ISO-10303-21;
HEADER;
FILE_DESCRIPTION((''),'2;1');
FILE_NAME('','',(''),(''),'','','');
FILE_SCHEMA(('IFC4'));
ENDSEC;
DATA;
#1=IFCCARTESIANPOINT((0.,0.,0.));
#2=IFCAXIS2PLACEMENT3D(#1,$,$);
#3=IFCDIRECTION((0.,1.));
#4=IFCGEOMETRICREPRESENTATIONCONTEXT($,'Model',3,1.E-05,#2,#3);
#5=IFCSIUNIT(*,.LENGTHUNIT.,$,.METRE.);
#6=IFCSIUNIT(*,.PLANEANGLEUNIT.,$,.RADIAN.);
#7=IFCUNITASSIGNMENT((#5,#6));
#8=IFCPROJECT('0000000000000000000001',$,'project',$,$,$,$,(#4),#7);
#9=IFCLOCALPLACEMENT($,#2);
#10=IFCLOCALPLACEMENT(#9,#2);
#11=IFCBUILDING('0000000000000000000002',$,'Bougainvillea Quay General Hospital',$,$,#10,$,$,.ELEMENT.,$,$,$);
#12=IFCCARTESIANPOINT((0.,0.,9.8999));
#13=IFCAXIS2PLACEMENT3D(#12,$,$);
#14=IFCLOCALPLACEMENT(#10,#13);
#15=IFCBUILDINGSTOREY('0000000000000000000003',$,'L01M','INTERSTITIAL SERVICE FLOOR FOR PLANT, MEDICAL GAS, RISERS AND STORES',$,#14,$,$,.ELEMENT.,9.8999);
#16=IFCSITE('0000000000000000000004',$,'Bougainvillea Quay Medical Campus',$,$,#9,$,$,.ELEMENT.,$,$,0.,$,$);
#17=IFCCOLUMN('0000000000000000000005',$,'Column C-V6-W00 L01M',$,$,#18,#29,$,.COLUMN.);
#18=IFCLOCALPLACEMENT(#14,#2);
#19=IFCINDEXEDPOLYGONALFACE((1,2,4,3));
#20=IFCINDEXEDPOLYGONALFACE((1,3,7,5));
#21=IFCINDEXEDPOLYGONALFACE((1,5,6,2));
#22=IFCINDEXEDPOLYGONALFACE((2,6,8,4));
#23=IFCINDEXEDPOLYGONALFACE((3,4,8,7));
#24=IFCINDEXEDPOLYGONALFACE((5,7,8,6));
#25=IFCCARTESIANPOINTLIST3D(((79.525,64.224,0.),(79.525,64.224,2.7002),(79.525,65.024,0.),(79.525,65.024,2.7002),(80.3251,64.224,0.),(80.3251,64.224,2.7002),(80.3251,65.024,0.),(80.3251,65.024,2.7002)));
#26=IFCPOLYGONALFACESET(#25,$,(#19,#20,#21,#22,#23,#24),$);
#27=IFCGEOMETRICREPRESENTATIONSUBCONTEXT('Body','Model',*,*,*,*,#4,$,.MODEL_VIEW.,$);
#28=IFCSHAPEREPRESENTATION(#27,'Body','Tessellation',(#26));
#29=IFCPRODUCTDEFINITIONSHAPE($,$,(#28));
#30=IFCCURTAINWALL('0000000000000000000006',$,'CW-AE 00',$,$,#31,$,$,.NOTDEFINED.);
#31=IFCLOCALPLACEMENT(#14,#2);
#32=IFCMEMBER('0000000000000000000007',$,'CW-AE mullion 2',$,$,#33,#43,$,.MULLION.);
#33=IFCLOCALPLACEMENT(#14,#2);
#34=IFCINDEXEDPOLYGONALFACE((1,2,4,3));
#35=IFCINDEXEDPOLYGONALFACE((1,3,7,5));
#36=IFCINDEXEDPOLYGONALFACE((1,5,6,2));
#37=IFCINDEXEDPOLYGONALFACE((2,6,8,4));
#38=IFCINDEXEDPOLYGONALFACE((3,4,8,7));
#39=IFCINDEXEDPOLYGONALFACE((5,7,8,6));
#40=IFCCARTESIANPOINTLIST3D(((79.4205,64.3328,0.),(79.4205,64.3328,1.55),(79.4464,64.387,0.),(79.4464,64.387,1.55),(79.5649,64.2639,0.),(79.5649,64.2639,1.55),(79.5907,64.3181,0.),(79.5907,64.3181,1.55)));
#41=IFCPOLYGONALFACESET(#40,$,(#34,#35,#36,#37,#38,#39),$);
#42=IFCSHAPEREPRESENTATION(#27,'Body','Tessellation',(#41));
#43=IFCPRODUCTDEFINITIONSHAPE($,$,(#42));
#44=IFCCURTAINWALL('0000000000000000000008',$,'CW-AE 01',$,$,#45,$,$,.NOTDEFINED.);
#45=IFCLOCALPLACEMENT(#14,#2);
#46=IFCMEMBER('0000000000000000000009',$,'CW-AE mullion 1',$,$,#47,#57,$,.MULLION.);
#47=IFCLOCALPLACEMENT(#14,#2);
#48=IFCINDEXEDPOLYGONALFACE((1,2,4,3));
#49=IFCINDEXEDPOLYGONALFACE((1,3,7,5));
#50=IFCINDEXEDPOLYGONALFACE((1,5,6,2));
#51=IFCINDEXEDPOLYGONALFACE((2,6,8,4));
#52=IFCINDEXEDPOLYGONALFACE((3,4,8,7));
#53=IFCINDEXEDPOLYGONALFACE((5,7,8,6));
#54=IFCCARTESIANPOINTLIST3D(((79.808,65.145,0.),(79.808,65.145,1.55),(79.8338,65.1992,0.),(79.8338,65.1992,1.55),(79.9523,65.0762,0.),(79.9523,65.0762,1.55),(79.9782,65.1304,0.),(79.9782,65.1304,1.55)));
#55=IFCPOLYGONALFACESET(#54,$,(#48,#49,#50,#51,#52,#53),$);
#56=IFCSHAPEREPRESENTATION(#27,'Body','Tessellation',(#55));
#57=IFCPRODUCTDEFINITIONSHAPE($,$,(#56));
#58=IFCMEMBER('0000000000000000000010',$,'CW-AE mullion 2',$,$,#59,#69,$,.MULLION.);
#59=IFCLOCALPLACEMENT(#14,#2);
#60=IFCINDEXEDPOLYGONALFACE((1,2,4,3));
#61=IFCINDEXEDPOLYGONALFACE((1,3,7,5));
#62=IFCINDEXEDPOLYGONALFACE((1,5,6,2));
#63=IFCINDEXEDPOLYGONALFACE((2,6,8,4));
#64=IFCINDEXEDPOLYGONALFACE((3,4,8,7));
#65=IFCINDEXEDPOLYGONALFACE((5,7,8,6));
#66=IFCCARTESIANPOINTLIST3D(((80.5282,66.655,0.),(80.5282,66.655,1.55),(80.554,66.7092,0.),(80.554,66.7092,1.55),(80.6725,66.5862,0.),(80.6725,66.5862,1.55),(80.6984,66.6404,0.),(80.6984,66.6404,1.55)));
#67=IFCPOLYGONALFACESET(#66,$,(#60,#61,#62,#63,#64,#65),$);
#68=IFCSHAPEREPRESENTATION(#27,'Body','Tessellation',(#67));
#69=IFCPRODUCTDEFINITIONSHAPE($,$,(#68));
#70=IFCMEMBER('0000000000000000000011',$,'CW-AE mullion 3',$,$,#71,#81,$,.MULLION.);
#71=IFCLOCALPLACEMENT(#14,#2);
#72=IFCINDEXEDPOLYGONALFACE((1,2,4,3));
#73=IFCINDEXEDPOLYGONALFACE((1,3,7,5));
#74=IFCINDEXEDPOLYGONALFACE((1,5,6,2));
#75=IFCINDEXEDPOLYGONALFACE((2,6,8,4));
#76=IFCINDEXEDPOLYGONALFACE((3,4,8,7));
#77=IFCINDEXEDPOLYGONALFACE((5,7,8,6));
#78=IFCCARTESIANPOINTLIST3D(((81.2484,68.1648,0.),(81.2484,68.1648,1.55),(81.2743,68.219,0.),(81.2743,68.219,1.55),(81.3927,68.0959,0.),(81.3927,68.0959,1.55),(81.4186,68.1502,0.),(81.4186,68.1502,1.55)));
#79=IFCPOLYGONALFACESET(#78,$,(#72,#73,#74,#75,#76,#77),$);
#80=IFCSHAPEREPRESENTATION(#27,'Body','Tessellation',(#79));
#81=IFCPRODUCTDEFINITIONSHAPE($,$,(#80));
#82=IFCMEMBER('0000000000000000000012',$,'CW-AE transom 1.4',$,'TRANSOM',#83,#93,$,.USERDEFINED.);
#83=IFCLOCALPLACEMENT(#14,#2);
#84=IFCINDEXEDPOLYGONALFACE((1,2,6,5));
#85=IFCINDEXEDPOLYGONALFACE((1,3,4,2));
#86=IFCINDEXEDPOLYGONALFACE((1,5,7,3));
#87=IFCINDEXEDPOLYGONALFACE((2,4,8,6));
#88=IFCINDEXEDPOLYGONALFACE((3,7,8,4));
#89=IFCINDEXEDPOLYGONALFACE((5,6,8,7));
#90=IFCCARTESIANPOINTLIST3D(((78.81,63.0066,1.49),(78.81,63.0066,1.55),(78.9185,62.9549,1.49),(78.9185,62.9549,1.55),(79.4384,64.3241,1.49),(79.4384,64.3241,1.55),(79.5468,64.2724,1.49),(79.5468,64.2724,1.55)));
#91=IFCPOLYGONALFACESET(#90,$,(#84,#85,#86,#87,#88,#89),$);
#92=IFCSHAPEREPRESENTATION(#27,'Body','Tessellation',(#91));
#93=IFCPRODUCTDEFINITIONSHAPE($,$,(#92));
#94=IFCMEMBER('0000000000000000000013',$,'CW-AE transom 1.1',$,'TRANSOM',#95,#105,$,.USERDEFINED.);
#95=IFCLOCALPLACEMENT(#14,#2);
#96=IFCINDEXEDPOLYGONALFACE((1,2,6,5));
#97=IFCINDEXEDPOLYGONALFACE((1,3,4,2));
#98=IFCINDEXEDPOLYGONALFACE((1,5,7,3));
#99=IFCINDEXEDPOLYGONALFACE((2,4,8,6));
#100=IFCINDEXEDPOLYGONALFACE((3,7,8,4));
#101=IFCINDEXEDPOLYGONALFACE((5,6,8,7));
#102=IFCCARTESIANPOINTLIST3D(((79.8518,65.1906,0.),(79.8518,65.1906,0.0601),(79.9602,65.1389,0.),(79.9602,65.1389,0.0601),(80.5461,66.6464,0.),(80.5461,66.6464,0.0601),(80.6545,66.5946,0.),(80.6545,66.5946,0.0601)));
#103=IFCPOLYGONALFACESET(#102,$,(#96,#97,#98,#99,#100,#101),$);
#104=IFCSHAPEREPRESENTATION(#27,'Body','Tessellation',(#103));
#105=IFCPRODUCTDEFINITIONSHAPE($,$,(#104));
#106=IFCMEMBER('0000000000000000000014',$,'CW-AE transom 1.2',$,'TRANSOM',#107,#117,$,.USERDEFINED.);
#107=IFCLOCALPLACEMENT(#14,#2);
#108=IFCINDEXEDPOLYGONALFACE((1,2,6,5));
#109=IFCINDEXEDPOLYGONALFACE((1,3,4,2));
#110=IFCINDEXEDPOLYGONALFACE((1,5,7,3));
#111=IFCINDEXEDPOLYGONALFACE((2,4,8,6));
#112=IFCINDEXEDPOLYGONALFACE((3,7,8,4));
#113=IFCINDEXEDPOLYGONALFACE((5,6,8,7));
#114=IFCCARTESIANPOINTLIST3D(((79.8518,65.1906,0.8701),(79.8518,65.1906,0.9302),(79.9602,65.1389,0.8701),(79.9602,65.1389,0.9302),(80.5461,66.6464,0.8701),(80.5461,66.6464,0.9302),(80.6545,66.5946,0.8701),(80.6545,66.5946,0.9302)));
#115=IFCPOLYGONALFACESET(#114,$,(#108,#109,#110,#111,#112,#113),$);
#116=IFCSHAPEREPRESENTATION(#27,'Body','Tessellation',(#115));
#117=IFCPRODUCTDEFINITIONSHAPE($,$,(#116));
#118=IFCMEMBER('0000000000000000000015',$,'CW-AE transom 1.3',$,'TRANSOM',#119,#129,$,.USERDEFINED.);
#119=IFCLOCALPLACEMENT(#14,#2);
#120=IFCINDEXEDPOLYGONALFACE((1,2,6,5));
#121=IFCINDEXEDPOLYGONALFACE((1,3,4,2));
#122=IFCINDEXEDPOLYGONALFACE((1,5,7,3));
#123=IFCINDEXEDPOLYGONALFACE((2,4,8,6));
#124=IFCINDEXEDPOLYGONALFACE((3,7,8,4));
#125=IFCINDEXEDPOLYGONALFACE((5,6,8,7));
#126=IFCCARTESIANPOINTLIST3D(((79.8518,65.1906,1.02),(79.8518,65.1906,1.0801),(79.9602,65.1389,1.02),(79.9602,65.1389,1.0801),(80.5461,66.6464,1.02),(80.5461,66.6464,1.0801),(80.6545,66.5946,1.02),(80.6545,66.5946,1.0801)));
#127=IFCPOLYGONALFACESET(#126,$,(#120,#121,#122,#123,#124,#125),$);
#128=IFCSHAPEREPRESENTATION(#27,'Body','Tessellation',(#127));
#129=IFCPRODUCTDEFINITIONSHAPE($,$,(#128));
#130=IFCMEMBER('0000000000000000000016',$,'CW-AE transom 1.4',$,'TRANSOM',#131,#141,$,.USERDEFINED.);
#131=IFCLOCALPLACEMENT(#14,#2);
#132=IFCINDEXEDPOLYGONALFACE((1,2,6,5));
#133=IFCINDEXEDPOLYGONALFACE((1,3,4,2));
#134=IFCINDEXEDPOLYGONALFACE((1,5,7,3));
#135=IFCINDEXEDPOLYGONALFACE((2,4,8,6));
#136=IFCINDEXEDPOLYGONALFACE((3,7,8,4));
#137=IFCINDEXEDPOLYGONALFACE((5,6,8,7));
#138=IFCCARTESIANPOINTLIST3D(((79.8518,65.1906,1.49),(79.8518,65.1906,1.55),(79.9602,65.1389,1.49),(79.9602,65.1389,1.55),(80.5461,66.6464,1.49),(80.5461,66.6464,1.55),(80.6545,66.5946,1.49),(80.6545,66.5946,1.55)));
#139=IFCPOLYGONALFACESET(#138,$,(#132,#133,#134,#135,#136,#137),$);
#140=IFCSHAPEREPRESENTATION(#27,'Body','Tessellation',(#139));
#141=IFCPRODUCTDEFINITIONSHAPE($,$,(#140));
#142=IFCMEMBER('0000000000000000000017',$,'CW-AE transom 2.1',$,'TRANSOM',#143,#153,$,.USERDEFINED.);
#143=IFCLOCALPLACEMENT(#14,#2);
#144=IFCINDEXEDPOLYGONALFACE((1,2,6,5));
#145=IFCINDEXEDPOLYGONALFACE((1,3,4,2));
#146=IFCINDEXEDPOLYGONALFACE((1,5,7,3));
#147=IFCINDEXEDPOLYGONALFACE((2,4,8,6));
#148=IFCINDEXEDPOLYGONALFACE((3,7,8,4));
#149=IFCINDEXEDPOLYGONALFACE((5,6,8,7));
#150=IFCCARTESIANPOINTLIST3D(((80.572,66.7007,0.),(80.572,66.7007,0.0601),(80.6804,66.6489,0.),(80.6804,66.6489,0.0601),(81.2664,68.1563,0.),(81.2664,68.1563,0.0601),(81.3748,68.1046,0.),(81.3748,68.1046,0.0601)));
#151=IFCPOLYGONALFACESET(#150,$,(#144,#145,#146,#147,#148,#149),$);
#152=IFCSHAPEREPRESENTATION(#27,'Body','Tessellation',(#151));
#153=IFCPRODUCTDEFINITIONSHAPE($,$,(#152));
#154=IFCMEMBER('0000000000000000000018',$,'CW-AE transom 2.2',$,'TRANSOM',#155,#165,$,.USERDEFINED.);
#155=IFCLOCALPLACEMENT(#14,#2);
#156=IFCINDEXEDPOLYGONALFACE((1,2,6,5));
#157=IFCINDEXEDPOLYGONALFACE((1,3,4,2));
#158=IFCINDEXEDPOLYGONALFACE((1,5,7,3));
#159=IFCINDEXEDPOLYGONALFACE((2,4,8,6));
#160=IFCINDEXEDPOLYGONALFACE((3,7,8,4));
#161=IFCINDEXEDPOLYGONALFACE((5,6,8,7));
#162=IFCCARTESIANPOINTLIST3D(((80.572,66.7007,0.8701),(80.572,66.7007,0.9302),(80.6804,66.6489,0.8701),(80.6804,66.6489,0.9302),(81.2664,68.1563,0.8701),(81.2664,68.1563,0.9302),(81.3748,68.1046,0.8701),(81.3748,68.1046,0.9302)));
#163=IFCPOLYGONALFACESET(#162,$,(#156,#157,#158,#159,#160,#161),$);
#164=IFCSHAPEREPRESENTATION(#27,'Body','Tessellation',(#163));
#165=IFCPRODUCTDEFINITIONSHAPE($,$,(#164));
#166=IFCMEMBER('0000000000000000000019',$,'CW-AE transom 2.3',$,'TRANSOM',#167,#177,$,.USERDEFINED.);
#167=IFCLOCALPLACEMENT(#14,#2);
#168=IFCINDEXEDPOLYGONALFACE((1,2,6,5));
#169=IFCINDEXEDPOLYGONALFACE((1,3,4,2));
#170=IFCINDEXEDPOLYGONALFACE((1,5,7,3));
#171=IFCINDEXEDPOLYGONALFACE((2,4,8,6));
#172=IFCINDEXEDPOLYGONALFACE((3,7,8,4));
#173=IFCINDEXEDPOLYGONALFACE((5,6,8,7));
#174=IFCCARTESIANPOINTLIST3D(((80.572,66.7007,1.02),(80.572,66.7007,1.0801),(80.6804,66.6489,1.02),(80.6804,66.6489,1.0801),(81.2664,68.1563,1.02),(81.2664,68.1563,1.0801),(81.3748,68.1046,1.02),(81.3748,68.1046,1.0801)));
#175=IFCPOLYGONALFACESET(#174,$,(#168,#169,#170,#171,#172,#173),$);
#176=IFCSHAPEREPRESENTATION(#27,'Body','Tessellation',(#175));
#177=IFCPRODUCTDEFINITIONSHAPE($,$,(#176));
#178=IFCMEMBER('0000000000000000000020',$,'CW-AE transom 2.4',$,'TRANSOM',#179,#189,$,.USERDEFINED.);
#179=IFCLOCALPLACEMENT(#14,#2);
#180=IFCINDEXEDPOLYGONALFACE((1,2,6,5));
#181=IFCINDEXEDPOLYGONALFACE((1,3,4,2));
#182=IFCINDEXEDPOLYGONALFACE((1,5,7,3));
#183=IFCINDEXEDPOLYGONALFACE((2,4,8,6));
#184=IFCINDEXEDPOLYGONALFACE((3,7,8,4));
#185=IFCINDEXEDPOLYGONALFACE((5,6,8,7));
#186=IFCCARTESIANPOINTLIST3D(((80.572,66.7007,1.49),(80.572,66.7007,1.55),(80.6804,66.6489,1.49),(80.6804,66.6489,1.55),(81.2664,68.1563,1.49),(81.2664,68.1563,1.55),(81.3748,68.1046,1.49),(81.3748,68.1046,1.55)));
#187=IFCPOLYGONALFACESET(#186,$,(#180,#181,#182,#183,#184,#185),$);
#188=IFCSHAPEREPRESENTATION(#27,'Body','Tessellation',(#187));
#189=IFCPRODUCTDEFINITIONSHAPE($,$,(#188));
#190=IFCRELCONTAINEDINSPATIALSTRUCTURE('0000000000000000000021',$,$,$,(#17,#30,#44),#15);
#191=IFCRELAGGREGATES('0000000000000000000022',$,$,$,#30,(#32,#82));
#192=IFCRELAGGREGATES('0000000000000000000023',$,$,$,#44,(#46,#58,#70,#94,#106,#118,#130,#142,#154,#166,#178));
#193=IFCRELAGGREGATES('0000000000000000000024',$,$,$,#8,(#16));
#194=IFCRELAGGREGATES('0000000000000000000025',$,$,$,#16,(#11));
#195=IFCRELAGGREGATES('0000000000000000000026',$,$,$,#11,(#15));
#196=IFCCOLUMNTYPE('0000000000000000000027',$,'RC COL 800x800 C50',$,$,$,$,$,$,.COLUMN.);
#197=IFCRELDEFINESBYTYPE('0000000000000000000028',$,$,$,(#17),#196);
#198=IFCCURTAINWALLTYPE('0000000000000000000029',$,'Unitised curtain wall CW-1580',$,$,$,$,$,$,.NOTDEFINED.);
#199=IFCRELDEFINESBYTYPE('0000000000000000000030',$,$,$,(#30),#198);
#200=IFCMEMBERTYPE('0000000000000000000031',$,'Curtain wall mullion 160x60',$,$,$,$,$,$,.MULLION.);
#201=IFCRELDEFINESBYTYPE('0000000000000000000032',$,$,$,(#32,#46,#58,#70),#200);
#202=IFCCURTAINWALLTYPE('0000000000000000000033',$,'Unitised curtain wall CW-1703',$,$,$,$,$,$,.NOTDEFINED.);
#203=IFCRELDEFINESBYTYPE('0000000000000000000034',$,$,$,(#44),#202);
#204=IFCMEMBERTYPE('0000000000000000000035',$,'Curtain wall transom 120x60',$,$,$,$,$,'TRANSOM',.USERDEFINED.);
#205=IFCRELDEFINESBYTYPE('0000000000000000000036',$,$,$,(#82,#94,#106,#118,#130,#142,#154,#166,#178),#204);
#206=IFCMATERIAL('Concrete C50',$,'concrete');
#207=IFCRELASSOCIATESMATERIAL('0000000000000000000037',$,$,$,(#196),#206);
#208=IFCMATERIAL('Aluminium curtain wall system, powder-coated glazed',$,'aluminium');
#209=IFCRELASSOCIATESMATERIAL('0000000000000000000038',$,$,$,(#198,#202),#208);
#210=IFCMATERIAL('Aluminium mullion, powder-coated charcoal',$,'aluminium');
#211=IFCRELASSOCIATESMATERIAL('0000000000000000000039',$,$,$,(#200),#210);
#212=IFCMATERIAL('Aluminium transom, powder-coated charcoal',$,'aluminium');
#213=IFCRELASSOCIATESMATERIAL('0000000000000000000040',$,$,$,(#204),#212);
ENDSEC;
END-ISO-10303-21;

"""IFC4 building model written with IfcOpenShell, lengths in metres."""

from ifc_helpers import new_model, si_unit, direction, frame, origin, origin_2d, place, context, subcontext, project, spatial, rectangle, extrude, material, material_profile, profile_set, type_object, element, aggregate, save


model = new_model("IFC4")

# Units and contexts
model_context = context("Model", 3, precision=1e-05, world=origin(), true_north=direction((0.0, 1.0)))
body_context = subcontext(model_context, "Body", "Model", "MODEL_VIEW")
ifc_project = project(units=[si_unit("LENGTHUNIT", "METRE"), si_unit("PLANEANGLEUNIT", "RADIAN")], contexts=[model_context])

# Site, building, storey
site_placement = place(None, origin())
site = spatial("IfcSite", under=ifc_project, at=site_placement, Name="Bougainvillea Quay Medical Campus", CompositionType="ELEMENT", RefElevation=0.0)
building_placement = place(site_placement, origin())
building = spatial("IfcBuilding", under=site, at=building_placement, Name="Bougainvillea Quay General Hospital", CompositionType="ELEMENT")
storey_placement = place(building_placement, frame((0.0, 0.0, 9.8999)))
storey = spatial("IfcBuildingStorey", under=building, at=storey_placement, Name="L01M", Description="INTERSTITIAL SERVICE FLOOR FOR PLANT, MEDICAL GAS, RISERS AND STORES", CompositionType="ELEMENT", Elevation=9.8999)

# Column
ifc_material_1 = material(Name="Concrete C50", Category="concrete")
ifc_material_profile_1 = material_profile(ifc_material_1, rectangle(XDim=0.8, YDim=0.8, at=origin_2d()))
ifc_profile_set_1 = profile_set([ifc_material_profile_1], Name="Concrete C50")
column_type = type_object("IfcColumnType", Name="RC COL 800x800 C50", PredefinedType="COLUMN", material=ifc_profile_set_1)
column_placement = place(storey_placement, frame((79.925, 64.624, 0.0), z_axis=(0.0, 0.0, 1.0), x_axis=(1.0, 0.0, 0.0)))
element("IfcColumn", 1, at=column_placement, inside=storey, type_object=column_type, Name="Column C-V6-W00 L01M", PredefinedType="COLUMN", context=body_context, shape_type="SweptSolid", body=[
    extrude(rectangle(XDim=0.8, YDim=0.8, at=origin_2d()), origin(), (0.0, 0.0, 1.0), 2.7002),
])

# Curtain wall, member
ifc_material_2 = material(Name="Aluminium curtain wall system, powder-coated glazed", Category="aluminium")
curtain_wall_type_1 = type_object("IfcCurtainWallType", Name="Unitised curtain wall CW-1580", PredefinedType="NOTDEFINED", material=ifc_material_2)
curtain_wall_1_placement = place(storey_placement, origin())
curtain_wall_1 = element("IfcCurtainWall", 2, at=curtain_wall_1_placement, inside=storey, type_object=curtain_wall_type_1, Name="CW-AE 00", PredefinedType="NOTDEFINED")
ifc_material_3 = material(Name="Aluminium mullion, powder-coated charcoal", Category="aluminium")
ifc_material_profile_2 = material_profile(ifc_material_3, rectangle(XDim=0.1599, YDim=0.0601, at=origin_2d()))
ifc_profile_set_2 = profile_set([ifc_material_profile_2], Name="Aluminium mullion, powder-coated charcoal")
member_type_1 = type_object("IfcMemberType", Name="Curtain wall mullion 160x60", PredefinedType="MULLION", material=ifc_profile_set_2)
member_1_placement = place(storey_placement, frame((79.5056, 64.3254, 0.0), z_axis=(0.0, 0.0, 1.0), x_axis=(-0.902578, 0.430525, 0.0)))
member_1 = element("IfcMember", 3, at=member_1_placement, type_object=member_type_1, Name="CW-AE mullion 2", PredefinedType="MULLION", context=body_context, shape_type="SweptSolid", body=[
    extrude(rectangle(XDim=0.1599, YDim=0.0601, at=origin_2d()), origin(), (0.0, 0.0, 1.0), 1.55),
])

# Curtain wall, members
curtain_wall_type_2 = type_object("IfcCurtainWallType", Name="Unitised curtain wall CW-1703", PredefinedType="NOTDEFINED", material=ifc_material_2)
curtain_wall_2_placement = place(storey_placement, origin())
curtain_wall_2 = element("IfcCurtainWall", 4, at=curtain_wall_2_placement, inside=storey, type_object=curtain_wall_type_2, Name="CW-AE 01", PredefinedType="NOTDEFINED")
member_2_placement = place(storey_placement, frame((79.8931, 65.1377, 0.0), z_axis=(0.0, 0.0, 1.0), x_axis=(-0.902578, 0.430525, 0.0)))
member_2 = element("IfcMember", 5, at=member_2_placement, type_object=member_type_1, Name="CW-AE mullion 1", PredefinedType="MULLION", context=body_context, shape_type="SweptSolid", body=[
    extrude(rectangle(XDim=0.1599, YDim=0.0601, at=origin_2d()), origin(), (0.0, 0.0, 1.0), 1.55),
])
member_3_placement = place(storey_placement, frame((80.6133, 66.6477, 0.0), z_axis=(0.0, 0.0, 1.0), x_axis=(-0.902578, 0.430525, 0.0)))
member_3 = element("IfcMember", 6, at=member_3_placement, type_object=member_type_1, Name="CW-AE mullion 2", PredefinedType="MULLION", context=body_context, shape_type="SweptSolid", body=[
    extrude(rectangle(XDim=0.1599, YDim=0.0601, at=origin_2d()), origin(), (0.0, 0.0, 1.0), 1.55),
])
member_4_placement = place(storey_placement, frame((81.3335, 68.1575, 0.0), z_axis=(0.0, 0.0, 1.0), x_axis=(-0.902578, 0.430525, 0.0)))
member_4 = element("IfcMember", 7, at=member_4_placement, type_object=member_type_1, Name="CW-AE mullion 3", PredefinedType="MULLION", context=body_context, shape_type="SweptSolid", body=[
    extrude(rectangle(XDim=0.1599, YDim=0.0601, at=origin_2d()), origin(), (0.0, 0.0, 1.0), 1.55),
])

# Members
ifc_material_4 = material(Name="Aluminium transom, powder-coated charcoal", Category="aluminium")
ifc_material_profile_3 = material_profile(ifc_material_4, rectangle(XDim=0.1201, YDim=0.0601, at=origin_2d()))
ifc_profile_set_3 = profile_set([ifc_material_profile_3], Name="Aluminium transom, powder-coated charcoal")
member_type_2 = type_object("IfcMemberType", Name="Curtain wall transom 120x60", ElementType="TRANSOM", PredefinedType="USERDEFINED", material=ifc_profile_set_3)
member_5_placement = place(storey_placement, frame((78.8643, 62.9807, 1.52), z_axis=(0.430479, 0.902601, 0.0), x_axis=(-0.902601, 0.430479, 0.0)))
member_5 = element("IfcMember", 8, at=member_5_placement, type_object=member_type_2, Name="CW-AE transom 1.4", ObjectType="TRANSOM", PredefinedType="USERDEFINED", context=body_context, shape_type="SweptSolid", body=[
    extrude(rectangle(XDim=0.1201, YDim=0.0601, at=origin_2d()), origin(), (0.0, 0.0, 1.0), 1.4597),
])
member_6_placement = place(storey_placement, frame((79.906, 65.1648, 0.03), z_axis=(0.430486, 0.902597, 0.0), x_axis=(-0.902597, 0.430486, 0.0)))
member_6 = element("IfcMember", 9, at=member_6_placement, type_object=member_type_2, Name="CW-AE transom 1.1", ObjectType="TRANSOM", PredefinedType="USERDEFINED", context=body_context, shape_type="SweptSolid", body=[
    extrude(rectangle(XDim=0.1201, YDim=0.0601, at=origin_2d()), origin(), (0.0, 0.0, 1.0), 1.6128),
])
member_7_placement = place(storey_placement, frame((79.906, 65.1648, 0.9001), z_axis=(0.430486, 0.902597, 0.0), x_axis=(-0.902597, 0.430486, 0.0)))
member_7 = element("IfcMember", 10, at=member_7_placement, type_object=member_type_2, Name="CW-AE transom 1.2", ObjectType="TRANSOM", PredefinedType="USERDEFINED", context=body_context, shape_type="SweptSolid", body=[
    extrude(rectangle(XDim=0.1201, YDim=0.0601, at=origin_2d()), origin(), (0.0, 0.0, 1.0), 1.6128),
])
member_8_placement = place(storey_placement, frame((79.906, 65.1648, 1.05), z_axis=(0.430486, 0.902597, 0.0), x_axis=(-0.902597, 0.430486, 0.0)))
member_8 = element("IfcMember", 11, at=member_8_placement, type_object=member_type_2, Name="CW-AE transom 1.3", ObjectType="TRANSOM", PredefinedType="USERDEFINED", context=body_context, shape_type="SweptSolid", body=[
    extrude(rectangle(XDim=0.1201, YDim=0.0601, at=origin_2d()), origin(), (0.0, 0.0, 1.0), 1.6128),
])
member_9_placement = place(storey_placement, frame((79.906, 65.1648, 1.52), z_axis=(0.430486, 0.902597, 0.0), x_axis=(-0.902597, 0.430486, 0.0)))
member_9 = element("IfcMember", 12, at=member_9_placement, type_object=member_type_2, Name="CW-AE transom 1.4", ObjectType="TRANSOM", PredefinedType="USERDEFINED", context=body_context, shape_type="SweptSolid", body=[
    extrude(rectangle(XDim=0.1201, YDim=0.0601, at=origin_2d()), origin(), (0.0, 0.0, 1.0), 1.6128),
])
member_10_placement = place(storey_placement, frame((80.6262, 66.6748, 0.03), z_axis=(0.430545, 0.902569, 0.0), x_axis=(-0.902569, 0.430545, 0.0)))
member_10 = element("IfcMember", 13, at=member_10_placement, type_object=member_type_2, Name="CW-AE transom 2.1", ObjectType="TRANSOM", PredefinedType="USERDEFINED", context=body_context, shape_type="SweptSolid", body=[
    extrude(rectangle(XDim=0.1201, YDim=0.0601, at=origin_2d()), origin(), (0.0, 0.0, 1.0), 1.6128),
])
member_11_placement = place(storey_placement, frame((80.6262, 66.6748, 0.9001), z_axis=(0.430545, 0.902569, 0.0), x_axis=(-0.902569, 0.430545, 0.0)))
member_11 = element("IfcMember", 14, at=member_11_placement, type_object=member_type_2, Name="CW-AE transom 2.2", ObjectType="TRANSOM", PredefinedType="USERDEFINED", context=body_context, shape_type="SweptSolid", body=[
    extrude(rectangle(XDim=0.1201, YDim=0.0601, at=origin_2d()), origin(), (0.0, 0.0, 1.0), 1.6128),
])
member_12_placement = place(storey_placement, frame((80.6262, 66.6748, 1.05), z_axis=(0.430545, 0.902569, 0.0), x_axis=(-0.902569, 0.430545, 0.0)))
member_12 = element("IfcMember", 15, at=member_12_placement, type_object=member_type_2, Name="CW-AE transom 2.3", ObjectType="TRANSOM", PredefinedType="USERDEFINED", context=body_context, shape_type="SweptSolid", body=[
    extrude(rectangle(XDim=0.1201, YDim=0.0601, at=origin_2d()), origin(), (0.0, 0.0, 1.0), 1.6128),
])
member_13_placement = place(storey_placement, frame((80.6262, 66.6748, 1.52), z_axis=(0.430545, 0.902569, 0.0), x_axis=(-0.902569, 0.430545, 0.0)))
member_13 = element("IfcMember", 16, at=member_13_placement, type_object=member_type_2, Name="CW-AE transom 2.4", ObjectType="TRANSOM", PredefinedType="USERDEFINED", context=body_context, shape_type="SweptSolid", body=[
    extrude(rectangle(XDim=0.1201, YDim=0.0601, at=origin_2d()), origin(), (0.0, 0.0, 1.0), 1.6128),
])

aggregate(curtain_wall_1, [member_1, member_5])
aggregate(curtain_wall_2, [member_2, member_3, member_4, member_6, member_7, member_8, member_9, member_10, member_11, member_12, member_13])

save(model, "model.ifc")
